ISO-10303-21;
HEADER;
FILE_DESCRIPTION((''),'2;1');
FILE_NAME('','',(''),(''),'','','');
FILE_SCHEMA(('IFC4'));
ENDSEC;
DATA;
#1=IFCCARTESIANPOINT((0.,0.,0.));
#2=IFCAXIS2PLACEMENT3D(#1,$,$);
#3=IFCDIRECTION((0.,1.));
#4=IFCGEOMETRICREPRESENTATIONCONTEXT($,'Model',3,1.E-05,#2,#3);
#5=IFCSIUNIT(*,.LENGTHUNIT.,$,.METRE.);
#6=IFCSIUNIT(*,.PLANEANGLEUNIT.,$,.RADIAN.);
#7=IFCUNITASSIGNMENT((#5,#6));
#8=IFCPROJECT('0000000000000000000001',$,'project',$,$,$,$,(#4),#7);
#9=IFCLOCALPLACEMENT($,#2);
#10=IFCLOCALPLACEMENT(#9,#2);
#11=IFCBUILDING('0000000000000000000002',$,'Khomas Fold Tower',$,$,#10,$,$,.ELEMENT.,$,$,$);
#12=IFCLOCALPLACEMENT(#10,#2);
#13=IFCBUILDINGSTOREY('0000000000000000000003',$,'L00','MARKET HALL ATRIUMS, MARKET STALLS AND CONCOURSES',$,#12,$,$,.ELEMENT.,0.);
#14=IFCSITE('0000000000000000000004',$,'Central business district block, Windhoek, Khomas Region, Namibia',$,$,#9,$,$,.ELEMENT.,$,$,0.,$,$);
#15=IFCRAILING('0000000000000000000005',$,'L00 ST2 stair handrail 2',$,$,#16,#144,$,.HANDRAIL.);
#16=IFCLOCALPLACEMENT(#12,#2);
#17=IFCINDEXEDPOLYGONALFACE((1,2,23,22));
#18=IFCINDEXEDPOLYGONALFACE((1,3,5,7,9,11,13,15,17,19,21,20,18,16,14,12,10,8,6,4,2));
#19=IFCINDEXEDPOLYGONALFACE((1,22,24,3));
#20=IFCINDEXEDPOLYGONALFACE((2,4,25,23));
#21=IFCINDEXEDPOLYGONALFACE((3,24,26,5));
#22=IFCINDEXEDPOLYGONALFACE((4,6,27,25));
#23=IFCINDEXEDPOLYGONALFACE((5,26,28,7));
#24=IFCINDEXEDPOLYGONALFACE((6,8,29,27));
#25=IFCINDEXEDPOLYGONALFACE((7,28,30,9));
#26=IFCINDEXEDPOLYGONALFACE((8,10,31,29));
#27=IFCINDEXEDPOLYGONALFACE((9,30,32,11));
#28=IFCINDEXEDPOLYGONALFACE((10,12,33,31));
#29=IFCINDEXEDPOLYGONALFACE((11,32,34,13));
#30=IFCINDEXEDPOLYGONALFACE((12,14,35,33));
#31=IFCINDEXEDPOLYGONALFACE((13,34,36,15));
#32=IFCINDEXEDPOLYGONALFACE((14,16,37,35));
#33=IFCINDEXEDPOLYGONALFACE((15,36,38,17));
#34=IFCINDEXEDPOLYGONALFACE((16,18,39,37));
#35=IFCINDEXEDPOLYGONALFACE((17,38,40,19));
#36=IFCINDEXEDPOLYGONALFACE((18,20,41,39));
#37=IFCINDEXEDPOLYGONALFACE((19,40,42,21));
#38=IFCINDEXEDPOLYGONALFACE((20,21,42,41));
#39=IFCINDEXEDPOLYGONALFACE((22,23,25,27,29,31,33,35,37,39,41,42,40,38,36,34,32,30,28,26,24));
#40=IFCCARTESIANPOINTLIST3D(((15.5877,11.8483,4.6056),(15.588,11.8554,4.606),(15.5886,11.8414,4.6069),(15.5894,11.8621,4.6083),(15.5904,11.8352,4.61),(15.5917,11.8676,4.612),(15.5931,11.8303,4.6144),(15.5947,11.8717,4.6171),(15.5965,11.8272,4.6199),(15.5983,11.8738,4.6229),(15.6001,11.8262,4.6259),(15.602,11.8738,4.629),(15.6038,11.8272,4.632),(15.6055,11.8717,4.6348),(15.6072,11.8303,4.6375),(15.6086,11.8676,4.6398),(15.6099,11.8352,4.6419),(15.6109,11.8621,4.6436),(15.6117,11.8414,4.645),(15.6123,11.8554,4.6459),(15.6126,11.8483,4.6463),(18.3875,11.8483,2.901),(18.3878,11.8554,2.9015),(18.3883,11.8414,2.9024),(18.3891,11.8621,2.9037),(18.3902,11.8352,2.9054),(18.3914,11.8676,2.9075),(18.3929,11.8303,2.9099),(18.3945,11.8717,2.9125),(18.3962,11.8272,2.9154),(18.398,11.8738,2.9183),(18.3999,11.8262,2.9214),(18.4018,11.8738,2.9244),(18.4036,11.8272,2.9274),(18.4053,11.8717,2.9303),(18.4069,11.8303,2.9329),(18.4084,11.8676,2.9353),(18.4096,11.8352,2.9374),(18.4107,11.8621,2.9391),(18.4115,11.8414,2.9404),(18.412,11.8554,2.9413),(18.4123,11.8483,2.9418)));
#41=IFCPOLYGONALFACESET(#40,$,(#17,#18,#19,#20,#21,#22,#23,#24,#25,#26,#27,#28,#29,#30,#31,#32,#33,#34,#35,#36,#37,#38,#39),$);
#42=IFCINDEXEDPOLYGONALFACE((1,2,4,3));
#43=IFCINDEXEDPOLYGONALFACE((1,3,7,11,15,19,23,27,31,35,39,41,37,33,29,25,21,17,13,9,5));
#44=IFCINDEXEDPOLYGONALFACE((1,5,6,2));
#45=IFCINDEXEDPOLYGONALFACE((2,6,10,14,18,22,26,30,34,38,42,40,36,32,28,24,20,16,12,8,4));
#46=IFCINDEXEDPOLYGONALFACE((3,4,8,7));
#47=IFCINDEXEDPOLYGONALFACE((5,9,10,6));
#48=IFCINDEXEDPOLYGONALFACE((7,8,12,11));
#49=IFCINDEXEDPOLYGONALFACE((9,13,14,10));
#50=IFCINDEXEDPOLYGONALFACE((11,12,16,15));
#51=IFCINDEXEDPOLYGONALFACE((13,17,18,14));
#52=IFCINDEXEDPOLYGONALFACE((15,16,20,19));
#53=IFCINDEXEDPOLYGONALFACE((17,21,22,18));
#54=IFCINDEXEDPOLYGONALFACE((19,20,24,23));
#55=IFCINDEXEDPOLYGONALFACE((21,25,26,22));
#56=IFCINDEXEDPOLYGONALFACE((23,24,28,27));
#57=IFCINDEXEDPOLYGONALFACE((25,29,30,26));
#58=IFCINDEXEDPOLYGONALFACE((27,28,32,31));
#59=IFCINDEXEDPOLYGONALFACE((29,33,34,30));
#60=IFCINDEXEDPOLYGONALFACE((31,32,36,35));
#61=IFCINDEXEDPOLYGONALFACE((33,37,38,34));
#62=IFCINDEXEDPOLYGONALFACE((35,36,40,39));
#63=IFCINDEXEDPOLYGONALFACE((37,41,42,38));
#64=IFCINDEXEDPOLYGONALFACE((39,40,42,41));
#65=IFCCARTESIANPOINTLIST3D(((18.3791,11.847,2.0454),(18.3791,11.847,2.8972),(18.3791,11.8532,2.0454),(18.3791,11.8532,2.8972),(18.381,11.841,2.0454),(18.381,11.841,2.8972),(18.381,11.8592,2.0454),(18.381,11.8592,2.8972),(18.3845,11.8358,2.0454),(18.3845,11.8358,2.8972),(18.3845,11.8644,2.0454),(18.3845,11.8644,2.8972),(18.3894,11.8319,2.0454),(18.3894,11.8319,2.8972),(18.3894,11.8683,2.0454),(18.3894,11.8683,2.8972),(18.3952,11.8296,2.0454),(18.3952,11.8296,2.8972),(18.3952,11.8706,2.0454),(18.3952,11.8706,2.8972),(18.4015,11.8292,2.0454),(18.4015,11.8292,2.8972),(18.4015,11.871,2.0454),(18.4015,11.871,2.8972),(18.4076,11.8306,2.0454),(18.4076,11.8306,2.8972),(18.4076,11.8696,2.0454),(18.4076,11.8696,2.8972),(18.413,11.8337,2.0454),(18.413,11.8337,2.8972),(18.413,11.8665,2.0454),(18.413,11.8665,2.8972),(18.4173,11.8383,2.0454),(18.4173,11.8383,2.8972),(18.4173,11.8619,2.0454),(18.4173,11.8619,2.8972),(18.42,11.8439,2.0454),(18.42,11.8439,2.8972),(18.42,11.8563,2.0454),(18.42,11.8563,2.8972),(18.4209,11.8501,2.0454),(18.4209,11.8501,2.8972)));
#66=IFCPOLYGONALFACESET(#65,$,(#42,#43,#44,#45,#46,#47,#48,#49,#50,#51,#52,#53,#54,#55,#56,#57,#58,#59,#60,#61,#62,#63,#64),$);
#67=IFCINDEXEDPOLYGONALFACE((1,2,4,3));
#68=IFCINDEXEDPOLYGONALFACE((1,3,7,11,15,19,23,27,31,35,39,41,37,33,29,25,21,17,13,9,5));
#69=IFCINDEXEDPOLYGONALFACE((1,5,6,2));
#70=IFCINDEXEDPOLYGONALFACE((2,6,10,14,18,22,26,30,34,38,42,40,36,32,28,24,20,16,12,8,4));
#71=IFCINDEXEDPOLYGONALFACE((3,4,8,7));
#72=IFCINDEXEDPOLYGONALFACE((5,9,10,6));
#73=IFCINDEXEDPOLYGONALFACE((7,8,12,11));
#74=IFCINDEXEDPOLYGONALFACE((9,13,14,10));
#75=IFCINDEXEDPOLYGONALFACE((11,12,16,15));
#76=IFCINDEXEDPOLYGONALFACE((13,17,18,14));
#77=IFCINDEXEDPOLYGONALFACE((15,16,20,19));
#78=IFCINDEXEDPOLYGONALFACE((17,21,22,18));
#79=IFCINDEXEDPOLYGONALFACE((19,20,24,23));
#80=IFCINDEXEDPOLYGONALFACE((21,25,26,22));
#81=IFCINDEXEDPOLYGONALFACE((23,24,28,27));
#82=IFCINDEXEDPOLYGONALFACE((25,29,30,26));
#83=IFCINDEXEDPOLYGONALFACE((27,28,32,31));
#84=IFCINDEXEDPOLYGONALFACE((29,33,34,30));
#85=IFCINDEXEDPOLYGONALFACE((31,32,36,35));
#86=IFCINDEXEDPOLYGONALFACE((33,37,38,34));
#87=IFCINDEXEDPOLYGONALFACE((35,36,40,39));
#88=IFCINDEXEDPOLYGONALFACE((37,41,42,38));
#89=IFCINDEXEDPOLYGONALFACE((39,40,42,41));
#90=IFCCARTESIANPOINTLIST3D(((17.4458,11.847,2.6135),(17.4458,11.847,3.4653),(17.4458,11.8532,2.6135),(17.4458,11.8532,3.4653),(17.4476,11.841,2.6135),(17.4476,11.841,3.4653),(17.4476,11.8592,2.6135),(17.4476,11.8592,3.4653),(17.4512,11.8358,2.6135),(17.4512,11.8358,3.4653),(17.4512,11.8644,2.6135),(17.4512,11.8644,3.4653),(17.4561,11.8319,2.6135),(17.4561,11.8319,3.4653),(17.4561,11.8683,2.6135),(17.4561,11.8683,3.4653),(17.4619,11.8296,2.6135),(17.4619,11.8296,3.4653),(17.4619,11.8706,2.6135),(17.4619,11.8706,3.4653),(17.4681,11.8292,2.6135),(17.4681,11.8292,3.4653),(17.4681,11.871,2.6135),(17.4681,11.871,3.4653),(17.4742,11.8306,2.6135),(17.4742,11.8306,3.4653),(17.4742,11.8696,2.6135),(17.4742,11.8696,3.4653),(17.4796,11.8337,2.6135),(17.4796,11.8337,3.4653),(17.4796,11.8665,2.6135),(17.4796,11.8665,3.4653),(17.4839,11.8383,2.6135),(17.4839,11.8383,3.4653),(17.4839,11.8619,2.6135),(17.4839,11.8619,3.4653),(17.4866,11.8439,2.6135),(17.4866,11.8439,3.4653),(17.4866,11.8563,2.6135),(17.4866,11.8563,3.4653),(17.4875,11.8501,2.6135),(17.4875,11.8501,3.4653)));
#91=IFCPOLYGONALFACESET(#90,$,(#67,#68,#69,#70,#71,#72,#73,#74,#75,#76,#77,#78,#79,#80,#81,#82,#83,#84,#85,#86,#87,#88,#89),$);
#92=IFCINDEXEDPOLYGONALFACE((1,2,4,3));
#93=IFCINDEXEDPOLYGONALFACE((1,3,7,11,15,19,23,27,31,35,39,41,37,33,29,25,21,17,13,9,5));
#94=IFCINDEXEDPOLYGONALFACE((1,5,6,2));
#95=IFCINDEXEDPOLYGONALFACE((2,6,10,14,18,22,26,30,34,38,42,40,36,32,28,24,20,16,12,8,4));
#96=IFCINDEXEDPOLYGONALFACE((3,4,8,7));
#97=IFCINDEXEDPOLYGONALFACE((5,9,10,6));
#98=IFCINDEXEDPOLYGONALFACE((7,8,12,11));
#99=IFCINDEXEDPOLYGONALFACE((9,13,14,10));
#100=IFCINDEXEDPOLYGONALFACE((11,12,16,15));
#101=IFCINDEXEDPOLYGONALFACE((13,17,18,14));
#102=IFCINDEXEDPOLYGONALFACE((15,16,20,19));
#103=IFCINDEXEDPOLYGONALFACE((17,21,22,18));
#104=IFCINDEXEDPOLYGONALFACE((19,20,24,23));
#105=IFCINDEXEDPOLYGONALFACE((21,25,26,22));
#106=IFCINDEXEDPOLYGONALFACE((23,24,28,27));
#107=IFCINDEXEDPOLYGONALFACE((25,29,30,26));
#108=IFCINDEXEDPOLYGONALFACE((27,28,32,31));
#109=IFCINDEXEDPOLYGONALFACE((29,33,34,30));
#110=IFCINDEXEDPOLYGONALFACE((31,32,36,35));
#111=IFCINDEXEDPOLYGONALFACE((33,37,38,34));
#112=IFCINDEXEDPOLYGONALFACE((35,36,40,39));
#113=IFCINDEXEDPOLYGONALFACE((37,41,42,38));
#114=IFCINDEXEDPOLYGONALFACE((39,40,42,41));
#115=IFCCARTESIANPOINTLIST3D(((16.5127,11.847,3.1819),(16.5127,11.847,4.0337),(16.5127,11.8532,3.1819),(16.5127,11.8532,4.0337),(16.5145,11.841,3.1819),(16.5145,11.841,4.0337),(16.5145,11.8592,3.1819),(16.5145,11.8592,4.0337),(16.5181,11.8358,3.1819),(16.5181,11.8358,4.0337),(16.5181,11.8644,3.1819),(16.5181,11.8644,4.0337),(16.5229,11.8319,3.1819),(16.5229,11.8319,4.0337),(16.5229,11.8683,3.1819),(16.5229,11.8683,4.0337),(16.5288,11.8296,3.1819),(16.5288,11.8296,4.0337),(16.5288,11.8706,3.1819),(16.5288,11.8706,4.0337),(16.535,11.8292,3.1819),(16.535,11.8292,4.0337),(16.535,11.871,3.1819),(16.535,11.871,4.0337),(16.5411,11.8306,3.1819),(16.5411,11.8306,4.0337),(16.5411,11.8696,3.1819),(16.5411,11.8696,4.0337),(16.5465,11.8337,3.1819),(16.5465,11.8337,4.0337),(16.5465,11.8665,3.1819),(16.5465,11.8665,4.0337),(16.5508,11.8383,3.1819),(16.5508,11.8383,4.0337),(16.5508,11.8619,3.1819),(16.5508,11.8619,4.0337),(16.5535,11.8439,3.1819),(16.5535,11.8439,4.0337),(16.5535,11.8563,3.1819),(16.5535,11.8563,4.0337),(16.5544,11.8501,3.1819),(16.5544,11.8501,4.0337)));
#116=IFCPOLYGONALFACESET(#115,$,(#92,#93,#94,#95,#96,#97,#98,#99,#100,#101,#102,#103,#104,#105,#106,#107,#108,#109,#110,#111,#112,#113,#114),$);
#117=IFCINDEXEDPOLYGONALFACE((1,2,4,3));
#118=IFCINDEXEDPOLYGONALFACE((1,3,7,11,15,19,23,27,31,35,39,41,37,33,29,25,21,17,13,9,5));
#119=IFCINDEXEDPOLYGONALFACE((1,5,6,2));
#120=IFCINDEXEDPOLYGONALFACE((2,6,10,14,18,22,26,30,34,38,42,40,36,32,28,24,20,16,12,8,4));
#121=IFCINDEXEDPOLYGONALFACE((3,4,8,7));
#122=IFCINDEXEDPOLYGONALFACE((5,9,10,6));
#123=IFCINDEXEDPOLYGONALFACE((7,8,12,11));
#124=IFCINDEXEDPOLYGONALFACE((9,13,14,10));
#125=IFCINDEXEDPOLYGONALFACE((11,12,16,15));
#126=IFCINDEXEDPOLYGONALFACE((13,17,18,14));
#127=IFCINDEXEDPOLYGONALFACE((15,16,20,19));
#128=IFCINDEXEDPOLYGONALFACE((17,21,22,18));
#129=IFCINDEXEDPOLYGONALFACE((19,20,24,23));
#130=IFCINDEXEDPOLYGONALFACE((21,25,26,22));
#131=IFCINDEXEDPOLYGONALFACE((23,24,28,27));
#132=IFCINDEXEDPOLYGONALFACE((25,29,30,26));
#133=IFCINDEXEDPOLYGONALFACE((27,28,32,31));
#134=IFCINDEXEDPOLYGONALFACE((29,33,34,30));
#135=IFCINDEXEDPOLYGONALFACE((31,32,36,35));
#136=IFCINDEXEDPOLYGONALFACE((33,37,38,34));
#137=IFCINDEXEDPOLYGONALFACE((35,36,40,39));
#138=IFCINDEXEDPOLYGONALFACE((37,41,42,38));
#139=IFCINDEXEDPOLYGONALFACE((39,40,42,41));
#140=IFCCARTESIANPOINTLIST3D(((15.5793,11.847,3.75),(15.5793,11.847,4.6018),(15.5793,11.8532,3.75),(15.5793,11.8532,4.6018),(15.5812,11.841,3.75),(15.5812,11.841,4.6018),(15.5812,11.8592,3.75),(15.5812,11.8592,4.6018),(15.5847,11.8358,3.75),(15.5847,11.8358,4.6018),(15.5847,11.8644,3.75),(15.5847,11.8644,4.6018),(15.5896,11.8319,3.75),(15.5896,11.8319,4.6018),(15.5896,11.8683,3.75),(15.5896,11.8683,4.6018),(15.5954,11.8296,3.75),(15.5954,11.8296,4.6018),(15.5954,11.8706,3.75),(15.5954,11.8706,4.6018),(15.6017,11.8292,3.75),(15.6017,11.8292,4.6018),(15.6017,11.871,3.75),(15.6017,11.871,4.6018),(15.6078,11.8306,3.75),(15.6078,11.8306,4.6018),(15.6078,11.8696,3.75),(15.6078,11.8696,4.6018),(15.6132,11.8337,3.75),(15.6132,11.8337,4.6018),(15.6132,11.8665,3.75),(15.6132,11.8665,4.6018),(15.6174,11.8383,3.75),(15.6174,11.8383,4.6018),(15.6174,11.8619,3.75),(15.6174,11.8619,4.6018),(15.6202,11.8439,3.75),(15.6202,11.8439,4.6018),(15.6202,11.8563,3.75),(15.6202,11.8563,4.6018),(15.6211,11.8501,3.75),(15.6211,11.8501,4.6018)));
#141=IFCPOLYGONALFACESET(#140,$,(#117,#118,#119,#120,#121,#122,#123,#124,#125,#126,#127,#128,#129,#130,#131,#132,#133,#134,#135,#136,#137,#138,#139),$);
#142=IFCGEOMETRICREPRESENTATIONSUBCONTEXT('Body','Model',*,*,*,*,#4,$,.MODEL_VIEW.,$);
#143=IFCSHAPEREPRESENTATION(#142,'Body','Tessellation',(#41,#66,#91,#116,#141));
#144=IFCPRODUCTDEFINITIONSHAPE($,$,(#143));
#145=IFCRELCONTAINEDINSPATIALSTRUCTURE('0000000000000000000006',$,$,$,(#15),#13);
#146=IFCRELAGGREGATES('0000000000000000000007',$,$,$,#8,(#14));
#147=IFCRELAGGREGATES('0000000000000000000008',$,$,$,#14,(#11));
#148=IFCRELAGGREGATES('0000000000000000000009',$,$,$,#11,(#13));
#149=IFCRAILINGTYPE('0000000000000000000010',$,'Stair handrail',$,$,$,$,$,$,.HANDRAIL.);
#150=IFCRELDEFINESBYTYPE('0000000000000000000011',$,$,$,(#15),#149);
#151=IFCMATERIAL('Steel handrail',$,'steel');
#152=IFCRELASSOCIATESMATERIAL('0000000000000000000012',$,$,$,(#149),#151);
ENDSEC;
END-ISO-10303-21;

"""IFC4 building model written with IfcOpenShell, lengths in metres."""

from ifc_helpers import new_model, si_unit, direction, frame, origin, origin_2d, place, context, subcontext, project, spatial, circle, extrude, source, transform, mapped, material, type_object, element, save


model = new_model("IFC4")

# Units and contexts
model_context = context("Model", 3, precision=1e-05, world=origin(), true_north=direction((0.0, 1.0)))
body_context = subcontext(model_context, "Body", "Model", "MODEL_VIEW")
ifc_project = project(units=[si_unit("LENGTHUNIT", "METRE"), si_unit("PLANEANGLEUNIT", "RADIAN")], contexts=[model_context])

# Site, building, storey
site_placement = place(None, origin())
site = spatial("IfcSite", under=ifc_project, at=site_placement, Name="Central business district block, Windhoek, Khomas Region, Namibia", CompositionType="ELEMENT", RefElevation=0.0)
building_placement = place(site_placement, origin())
building = spatial("IfcBuilding", under=site, at=building_placement, Name="Khomas Fold Tower", CompositionType="ELEMENT")
storey_placement = place(building_placement, origin())
storey = spatial("IfcBuildingStorey", under=building, at=storey_placement, Name="L00", Description="MARKET HALL ATRIUMS, MARKET STALLS AND CONCOURSES", CompositionType="ELEMENT", Elevation=0.0)

# Railing
ifc_material_1 = material(Name="Steel handrail", Category="steel")
railing_type_1 = type_object("IfcRailingType", Name="Stair handrail", PredefinedType="HANDRAIL", material=ifc_material_1)
shared_shape_1 = source(origin(), body_context, "Body", "SweptSolid", [
    extrude(circle(Radius=0.0239, at=origin_2d()), frame((0.0, 0.0, 0.876), z_axis=(-0.85415, 0.0, 0.520027), x_axis=(0.0, -1.0, 0.0)), (0.0, 0.0, 1.0), 3.2778),
    extrude(circle(Radius=0.021, at=origin_2d()), origin(), (0.0, 0.0, 1.0), 0.8518),
    extrude(circle(Radius=0.021, at=origin_2d()), frame((-0.9333, 0.0, 0.5681)), (0.0, 0.0, 1.0), 0.8518),
    extrude(circle(Radius=0.021, at=origin_2d()), frame((-1.8665, 0.0, 1.1365)), (0.0, 0.0, 1.0), 0.8518),
    extrude(circle(Radius=0.021, at=origin_2d()), frame((-2.7998, 0.0, 1.7046)), (0.0, 0.0, 1.0), 0.8518),
])
for number, where, name in (
    (1, (18.3999, 11.8501, 2.0454), "L00 ST2 stair handrail 2"),
):
    element("IfcRailing", number, at=place(storey_placement, frame(where)), inside=storey, type_object=railing_type_1, Name=name, PredefinedType="HANDRAIL", context=body_context, shape_type="MappedRepresentation", body=[
        mapped(shared_shape_1, transform((0.0, 0.0, 0.0))),
    ])

save(model, "model.ifc")
